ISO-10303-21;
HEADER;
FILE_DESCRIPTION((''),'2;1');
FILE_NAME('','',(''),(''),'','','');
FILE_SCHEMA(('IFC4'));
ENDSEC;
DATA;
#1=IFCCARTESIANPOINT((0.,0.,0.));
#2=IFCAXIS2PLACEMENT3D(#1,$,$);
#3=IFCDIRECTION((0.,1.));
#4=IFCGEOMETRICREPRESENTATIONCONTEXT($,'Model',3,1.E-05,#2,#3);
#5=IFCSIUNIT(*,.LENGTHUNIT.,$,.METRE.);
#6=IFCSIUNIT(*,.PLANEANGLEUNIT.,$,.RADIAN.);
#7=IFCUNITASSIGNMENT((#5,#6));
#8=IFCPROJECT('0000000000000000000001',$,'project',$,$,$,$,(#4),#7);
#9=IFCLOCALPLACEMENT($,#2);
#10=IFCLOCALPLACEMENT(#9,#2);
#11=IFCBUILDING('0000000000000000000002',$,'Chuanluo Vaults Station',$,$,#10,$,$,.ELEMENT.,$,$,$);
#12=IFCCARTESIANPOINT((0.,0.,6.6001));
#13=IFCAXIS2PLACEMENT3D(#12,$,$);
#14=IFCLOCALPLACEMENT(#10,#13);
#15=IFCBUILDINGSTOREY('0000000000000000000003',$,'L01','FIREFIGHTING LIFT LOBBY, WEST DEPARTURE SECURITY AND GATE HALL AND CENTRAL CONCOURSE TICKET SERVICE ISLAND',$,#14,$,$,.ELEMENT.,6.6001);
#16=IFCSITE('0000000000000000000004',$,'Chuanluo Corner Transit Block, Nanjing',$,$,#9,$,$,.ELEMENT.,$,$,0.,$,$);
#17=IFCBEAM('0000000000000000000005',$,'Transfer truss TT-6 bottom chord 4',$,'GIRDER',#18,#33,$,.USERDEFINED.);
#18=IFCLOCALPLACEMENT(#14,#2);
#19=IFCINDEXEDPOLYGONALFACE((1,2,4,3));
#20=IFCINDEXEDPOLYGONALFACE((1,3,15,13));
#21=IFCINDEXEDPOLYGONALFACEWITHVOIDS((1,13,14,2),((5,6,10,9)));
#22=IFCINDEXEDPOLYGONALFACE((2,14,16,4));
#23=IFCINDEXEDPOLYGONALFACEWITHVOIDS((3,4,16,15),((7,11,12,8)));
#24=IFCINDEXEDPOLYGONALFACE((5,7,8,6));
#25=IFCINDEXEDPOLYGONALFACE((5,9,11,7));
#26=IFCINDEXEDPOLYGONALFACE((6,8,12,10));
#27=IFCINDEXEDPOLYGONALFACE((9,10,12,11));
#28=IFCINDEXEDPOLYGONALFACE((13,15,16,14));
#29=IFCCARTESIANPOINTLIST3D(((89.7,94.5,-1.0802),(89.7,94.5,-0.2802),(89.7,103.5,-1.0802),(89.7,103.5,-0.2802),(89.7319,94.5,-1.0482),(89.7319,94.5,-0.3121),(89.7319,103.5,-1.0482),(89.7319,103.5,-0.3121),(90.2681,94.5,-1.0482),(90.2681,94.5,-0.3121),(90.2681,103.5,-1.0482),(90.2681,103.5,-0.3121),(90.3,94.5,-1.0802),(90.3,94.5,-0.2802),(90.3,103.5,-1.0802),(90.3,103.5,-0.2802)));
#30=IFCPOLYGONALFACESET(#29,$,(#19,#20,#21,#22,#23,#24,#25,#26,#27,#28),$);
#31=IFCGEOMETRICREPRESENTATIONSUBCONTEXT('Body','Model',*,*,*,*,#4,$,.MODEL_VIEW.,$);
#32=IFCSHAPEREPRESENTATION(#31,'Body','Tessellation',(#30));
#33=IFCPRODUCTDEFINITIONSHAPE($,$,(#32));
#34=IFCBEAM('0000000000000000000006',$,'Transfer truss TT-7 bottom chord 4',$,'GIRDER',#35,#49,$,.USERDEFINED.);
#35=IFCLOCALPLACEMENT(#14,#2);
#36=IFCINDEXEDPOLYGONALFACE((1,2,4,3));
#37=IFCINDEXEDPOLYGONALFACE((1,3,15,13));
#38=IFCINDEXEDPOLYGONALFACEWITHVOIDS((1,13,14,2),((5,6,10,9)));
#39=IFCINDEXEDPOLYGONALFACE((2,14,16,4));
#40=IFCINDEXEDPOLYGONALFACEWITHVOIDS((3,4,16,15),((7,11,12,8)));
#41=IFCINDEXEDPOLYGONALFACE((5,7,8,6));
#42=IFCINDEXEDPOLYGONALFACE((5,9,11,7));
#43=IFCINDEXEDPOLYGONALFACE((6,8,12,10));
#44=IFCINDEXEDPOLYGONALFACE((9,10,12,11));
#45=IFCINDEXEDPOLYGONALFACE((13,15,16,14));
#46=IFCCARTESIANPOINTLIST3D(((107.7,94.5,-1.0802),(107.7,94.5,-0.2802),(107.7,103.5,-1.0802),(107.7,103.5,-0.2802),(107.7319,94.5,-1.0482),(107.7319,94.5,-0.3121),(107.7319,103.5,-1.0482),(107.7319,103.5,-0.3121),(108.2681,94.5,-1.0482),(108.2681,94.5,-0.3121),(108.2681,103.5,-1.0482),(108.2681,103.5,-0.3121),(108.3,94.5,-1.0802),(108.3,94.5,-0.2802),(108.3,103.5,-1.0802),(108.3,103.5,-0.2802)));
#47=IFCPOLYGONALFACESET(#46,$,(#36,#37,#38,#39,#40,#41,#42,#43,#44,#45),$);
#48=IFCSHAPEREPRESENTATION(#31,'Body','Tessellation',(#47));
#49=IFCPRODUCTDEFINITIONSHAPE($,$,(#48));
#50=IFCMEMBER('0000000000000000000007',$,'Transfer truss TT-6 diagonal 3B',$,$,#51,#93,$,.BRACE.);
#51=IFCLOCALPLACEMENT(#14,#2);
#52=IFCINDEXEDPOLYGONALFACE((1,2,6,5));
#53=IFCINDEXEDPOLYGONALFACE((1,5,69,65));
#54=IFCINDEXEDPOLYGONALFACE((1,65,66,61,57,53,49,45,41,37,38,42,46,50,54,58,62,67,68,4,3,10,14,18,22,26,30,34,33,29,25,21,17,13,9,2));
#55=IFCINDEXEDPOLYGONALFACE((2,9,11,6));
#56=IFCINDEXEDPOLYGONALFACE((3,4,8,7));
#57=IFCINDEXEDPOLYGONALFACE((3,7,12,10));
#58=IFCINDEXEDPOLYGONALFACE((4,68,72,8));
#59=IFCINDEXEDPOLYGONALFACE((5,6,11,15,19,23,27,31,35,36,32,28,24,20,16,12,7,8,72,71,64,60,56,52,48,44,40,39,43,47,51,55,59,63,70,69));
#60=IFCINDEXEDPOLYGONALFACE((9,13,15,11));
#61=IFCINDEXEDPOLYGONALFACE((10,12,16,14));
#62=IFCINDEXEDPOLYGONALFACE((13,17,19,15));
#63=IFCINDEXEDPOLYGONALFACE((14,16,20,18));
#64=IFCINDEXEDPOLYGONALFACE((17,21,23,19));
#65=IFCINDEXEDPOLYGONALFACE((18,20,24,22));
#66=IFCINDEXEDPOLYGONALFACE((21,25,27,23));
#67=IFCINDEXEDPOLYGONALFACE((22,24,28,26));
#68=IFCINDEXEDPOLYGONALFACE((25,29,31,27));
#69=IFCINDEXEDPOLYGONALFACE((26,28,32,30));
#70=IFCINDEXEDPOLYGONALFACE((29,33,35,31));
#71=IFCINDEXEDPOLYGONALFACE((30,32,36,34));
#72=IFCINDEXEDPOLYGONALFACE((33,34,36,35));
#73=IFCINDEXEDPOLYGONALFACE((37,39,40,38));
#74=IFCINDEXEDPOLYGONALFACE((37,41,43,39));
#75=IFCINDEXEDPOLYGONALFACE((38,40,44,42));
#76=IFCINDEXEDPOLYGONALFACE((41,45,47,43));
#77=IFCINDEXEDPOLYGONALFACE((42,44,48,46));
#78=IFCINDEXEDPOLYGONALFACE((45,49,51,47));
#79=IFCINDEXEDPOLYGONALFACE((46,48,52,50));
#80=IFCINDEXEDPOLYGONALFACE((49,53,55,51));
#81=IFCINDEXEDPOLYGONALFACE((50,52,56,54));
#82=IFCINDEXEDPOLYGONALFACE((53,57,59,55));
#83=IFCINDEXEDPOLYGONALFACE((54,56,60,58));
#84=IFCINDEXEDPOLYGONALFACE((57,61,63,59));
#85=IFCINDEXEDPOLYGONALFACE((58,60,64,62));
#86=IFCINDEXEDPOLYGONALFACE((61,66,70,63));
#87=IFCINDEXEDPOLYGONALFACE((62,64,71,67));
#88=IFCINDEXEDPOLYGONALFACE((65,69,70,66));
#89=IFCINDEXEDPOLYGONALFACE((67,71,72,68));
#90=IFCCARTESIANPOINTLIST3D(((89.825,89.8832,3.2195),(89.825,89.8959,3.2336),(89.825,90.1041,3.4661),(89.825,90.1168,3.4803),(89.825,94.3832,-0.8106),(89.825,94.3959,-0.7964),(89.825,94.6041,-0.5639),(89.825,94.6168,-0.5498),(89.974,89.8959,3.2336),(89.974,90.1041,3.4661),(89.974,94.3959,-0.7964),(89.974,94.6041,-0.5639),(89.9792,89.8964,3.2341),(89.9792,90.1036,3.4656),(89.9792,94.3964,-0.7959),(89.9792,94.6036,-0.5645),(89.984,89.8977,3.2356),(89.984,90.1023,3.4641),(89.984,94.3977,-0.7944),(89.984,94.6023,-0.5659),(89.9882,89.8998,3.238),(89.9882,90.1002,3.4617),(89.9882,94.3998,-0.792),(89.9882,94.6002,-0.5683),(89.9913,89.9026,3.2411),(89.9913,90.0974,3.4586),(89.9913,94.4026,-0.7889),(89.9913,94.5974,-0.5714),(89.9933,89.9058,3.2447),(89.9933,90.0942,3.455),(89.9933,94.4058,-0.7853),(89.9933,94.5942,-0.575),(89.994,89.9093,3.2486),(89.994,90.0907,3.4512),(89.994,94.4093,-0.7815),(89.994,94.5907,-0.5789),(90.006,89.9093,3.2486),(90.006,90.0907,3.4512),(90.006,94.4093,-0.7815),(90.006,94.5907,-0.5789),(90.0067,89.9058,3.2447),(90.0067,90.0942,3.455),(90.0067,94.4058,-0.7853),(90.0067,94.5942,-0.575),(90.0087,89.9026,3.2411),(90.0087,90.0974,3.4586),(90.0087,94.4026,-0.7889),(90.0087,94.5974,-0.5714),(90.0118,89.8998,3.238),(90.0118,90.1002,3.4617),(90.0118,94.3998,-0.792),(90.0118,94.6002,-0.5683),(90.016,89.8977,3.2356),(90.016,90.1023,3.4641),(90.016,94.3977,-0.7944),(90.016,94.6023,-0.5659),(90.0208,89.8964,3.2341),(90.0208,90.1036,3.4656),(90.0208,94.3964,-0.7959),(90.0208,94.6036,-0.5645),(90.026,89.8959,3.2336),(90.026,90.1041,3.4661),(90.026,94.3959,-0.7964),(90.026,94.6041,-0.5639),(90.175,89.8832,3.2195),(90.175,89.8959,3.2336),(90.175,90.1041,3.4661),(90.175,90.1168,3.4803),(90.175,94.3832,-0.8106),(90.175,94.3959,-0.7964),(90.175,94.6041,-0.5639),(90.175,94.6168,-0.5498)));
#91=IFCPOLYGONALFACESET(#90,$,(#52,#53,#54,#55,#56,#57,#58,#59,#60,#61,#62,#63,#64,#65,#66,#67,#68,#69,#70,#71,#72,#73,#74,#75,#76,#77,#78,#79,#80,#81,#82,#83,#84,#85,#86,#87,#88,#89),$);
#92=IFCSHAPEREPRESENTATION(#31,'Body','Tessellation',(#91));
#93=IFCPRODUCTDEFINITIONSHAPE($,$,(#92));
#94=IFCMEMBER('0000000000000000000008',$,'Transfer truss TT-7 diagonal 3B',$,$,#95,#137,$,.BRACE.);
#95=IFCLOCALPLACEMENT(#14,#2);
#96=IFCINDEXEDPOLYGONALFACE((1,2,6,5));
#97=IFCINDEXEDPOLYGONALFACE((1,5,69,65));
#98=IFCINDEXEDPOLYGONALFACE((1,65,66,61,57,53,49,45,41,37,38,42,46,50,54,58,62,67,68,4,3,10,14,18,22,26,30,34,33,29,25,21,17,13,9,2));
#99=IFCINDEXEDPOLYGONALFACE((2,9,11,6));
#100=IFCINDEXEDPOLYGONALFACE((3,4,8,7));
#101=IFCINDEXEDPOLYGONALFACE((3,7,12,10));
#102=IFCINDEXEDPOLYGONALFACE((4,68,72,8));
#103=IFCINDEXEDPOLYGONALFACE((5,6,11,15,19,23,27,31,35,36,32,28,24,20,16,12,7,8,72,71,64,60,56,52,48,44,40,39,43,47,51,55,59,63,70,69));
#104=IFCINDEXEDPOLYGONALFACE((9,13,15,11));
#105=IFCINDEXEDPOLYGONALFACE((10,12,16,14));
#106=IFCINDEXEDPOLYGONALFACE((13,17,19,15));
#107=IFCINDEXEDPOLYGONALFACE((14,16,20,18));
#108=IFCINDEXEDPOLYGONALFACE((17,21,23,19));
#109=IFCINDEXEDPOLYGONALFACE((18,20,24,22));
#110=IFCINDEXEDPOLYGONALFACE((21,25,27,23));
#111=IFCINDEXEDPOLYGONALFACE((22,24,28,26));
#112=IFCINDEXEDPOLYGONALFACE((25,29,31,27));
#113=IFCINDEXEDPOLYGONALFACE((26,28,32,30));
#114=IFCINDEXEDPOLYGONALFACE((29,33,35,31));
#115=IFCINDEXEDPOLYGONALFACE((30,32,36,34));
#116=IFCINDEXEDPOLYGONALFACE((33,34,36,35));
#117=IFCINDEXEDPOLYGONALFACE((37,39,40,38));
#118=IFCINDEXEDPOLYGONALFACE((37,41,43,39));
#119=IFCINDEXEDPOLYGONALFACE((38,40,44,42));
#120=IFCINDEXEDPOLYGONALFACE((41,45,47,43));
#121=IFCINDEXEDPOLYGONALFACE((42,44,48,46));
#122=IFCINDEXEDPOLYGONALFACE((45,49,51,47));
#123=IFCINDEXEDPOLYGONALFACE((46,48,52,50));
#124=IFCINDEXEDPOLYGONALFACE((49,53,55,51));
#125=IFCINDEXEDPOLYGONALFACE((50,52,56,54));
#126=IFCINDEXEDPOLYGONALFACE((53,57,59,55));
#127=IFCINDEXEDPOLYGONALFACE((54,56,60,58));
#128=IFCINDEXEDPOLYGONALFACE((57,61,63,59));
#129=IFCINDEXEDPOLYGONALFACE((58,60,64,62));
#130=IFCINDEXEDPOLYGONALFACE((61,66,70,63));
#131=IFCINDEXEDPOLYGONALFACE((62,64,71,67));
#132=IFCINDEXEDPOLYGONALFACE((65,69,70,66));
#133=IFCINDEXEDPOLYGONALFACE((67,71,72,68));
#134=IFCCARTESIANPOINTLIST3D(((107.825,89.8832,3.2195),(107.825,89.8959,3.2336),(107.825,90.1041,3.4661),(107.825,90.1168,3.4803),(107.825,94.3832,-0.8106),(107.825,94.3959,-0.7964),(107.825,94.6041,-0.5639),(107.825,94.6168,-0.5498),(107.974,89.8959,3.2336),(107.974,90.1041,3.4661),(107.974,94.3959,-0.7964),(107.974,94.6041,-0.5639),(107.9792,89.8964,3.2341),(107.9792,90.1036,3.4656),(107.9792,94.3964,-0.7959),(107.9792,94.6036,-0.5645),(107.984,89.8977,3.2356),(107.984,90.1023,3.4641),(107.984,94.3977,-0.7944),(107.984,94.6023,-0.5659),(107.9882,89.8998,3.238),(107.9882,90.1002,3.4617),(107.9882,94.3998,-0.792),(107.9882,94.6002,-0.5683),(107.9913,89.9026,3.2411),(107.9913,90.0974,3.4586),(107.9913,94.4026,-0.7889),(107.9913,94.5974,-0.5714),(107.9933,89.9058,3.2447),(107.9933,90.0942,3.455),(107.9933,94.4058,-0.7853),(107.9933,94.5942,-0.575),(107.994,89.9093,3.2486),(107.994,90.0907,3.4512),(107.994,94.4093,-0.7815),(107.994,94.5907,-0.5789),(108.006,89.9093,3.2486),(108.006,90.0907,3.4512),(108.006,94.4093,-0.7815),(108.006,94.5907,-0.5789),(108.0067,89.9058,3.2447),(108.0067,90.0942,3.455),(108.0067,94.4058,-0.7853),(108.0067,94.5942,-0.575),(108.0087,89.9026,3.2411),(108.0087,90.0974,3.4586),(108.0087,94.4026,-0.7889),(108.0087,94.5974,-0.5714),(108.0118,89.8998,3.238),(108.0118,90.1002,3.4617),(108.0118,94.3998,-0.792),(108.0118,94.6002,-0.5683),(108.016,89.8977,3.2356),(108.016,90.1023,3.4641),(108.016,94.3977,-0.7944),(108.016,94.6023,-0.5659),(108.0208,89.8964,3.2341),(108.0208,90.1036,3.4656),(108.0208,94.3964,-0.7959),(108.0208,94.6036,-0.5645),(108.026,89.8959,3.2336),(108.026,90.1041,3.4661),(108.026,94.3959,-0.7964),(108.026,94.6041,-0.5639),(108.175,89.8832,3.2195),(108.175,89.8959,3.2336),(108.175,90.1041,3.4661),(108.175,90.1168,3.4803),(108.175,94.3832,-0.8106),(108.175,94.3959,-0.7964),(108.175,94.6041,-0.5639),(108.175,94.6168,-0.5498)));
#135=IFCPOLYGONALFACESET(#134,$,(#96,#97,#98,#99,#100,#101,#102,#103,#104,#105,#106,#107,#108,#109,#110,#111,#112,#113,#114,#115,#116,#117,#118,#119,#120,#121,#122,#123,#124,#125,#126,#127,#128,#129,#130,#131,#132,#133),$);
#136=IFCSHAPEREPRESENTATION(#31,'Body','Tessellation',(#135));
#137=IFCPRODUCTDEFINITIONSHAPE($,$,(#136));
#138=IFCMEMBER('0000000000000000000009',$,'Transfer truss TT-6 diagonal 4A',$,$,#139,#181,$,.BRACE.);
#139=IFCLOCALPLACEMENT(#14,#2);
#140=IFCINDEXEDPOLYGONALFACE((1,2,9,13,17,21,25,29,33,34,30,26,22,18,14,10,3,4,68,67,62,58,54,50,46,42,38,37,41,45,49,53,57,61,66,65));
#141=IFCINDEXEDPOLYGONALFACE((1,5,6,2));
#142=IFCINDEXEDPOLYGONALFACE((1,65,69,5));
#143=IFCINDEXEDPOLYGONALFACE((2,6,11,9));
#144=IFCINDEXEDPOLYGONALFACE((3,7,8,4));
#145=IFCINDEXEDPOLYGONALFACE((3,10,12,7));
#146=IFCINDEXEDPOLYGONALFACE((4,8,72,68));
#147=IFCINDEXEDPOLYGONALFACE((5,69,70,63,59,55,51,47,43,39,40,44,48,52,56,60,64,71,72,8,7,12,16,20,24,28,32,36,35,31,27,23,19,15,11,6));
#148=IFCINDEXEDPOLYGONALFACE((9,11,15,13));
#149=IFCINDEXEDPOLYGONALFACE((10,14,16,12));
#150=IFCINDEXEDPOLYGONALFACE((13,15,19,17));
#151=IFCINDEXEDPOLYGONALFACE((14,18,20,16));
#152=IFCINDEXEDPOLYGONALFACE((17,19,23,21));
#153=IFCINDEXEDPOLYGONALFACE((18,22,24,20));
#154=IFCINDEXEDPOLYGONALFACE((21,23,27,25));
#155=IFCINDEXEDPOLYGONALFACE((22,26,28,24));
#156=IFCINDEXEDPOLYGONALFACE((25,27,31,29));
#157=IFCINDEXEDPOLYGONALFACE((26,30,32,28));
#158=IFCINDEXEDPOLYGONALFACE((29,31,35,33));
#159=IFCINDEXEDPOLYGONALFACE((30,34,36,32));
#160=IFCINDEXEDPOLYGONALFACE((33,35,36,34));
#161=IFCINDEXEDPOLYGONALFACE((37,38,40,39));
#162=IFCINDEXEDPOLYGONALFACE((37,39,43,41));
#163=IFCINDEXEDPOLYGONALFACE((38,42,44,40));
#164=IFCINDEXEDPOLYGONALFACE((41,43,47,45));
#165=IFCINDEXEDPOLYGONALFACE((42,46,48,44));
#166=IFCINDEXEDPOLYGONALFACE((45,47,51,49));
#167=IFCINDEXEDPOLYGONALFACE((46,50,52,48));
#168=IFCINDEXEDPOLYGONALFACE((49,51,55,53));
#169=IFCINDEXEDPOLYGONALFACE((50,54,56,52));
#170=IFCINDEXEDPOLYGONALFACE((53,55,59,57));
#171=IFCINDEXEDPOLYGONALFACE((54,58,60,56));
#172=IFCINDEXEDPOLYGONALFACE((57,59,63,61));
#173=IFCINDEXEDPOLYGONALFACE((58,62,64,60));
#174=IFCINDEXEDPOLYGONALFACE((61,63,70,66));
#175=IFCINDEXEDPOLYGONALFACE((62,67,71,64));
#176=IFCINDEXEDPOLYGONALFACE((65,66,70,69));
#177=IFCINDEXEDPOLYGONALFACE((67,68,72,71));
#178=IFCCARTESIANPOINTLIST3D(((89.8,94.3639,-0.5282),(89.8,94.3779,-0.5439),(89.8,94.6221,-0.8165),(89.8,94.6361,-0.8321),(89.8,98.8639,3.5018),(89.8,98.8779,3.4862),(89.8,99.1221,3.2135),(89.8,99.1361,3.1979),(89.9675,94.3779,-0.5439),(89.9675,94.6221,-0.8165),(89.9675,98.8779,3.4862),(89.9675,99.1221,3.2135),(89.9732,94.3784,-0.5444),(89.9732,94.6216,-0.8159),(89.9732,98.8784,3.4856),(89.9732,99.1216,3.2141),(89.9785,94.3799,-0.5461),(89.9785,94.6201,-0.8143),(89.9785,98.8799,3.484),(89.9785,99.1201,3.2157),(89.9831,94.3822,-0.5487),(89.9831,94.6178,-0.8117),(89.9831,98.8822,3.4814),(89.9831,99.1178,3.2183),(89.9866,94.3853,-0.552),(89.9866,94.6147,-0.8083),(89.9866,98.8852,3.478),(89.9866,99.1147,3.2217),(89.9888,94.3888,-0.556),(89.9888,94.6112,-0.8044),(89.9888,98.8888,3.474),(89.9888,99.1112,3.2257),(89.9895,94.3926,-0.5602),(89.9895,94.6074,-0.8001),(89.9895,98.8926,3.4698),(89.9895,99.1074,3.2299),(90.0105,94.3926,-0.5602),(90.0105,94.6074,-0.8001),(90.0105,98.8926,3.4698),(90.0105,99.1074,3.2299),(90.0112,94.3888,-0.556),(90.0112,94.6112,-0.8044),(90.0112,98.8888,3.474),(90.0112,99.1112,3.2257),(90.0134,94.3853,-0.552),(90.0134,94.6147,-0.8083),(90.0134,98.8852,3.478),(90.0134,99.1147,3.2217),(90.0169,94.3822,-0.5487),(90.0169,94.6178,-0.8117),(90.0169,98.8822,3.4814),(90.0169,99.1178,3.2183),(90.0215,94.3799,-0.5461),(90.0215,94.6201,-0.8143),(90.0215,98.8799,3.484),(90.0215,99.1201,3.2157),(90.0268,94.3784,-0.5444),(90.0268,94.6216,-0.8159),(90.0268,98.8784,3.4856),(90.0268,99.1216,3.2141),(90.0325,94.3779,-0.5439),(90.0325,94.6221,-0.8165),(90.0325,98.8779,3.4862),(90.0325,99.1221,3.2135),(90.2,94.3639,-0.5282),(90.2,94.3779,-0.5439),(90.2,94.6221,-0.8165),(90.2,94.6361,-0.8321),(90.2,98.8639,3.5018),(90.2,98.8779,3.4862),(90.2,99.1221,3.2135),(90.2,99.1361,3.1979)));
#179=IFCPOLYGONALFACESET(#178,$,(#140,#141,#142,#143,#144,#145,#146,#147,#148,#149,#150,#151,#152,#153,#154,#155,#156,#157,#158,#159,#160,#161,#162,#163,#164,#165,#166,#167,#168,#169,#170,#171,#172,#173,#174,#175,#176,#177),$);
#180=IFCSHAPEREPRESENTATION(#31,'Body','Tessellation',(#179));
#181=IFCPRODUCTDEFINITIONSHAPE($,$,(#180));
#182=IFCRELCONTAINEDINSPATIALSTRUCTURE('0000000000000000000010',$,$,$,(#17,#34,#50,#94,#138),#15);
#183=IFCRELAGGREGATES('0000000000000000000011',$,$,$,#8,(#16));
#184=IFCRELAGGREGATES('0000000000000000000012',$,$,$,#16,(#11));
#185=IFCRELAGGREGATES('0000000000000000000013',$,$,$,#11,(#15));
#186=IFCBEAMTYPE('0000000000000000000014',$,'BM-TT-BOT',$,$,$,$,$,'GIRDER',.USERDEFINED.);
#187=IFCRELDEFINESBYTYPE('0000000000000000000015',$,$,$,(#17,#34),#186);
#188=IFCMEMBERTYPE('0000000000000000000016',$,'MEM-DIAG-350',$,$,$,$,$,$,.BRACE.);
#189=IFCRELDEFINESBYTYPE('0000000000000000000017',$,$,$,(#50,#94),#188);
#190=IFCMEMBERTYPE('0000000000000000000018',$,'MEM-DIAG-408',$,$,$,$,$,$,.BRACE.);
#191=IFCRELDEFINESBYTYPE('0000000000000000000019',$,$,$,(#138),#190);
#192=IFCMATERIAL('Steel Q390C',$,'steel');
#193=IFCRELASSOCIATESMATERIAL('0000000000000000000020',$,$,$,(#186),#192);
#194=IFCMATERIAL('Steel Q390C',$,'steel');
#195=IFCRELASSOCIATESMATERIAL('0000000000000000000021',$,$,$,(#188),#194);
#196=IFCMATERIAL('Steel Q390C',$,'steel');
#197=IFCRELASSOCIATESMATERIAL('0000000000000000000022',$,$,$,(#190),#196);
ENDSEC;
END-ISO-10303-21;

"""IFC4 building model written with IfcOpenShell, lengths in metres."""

from ifc_helpers import new_model, si_unit, direction, frame, origin, origin_2d, place, context, subcontext, project, spatial, hollow_rectangle, i_section, extrude, material, material_profile, profile_set, type_object, element, save


model = new_model("IFC4")

# Units and contexts
model_context = context("Model", 3, precision=1e-05, world=origin(), true_north=direction((0.0, 1.0)))
body_context = subcontext(model_context, "Body", "Model", "MODEL_VIEW")
ifc_project = project(units=[si_unit("LENGTHUNIT", "METRE"), si_unit("PLANEANGLEUNIT", "RADIAN")], contexts=[model_context])

# Site, building, storey
site_placement = place(None, origin())
site = spatial("IfcSite", under=ifc_project, at=site_placement, Name="Chuanluo Corner Transit Block, Nanjing", CompositionType="ELEMENT", RefElevation=0.0)
building_placement = place(site_placement, origin())
building = spatial("IfcBuilding", under=site, at=building_placement, Name="Chuanluo Vaults Station", CompositionType="ELEMENT")
storey_placement = place(building_placement, frame((0.0, 0.0, 6.6001)))
storey = spatial("IfcBuildingStorey", under=building, at=storey_placement, Name="L01", Description="FIREFIGHTING LIFT LOBBY, WEST DEPARTURE SECURITY AND GATE HALL AND CENTRAL CONCOURSE TICKET SERVICE ISLAND", CompositionType="ELEMENT", Elevation=6.6001)

# Beams
ifc_material_1 = material(Name="Steel Q390C", Category="steel")
ifc_material_profile_1 = material_profile(ifc_material_1, hollow_rectangle(XDim=0.6001, YDim=0.8, WallThickness=0.032, at=origin_2d()))
ifc_profile_set_1 = profile_set([ifc_material_profile_1], Name="Steel Q390C")
beam_type_1 = type_object("IfcBeamType", Name="BM-TT-BOT", ElementType="GIRDER", PredefinedType="USERDEFINED", material=ifc_profile_set_1)
for number, where, z_axis, x_axis, name in (
    (1, (90.0, 94.5, -0.6802), (0.0, 1.0, 0.0), (-1.0, 0.0, 0.0), "Transfer truss TT-6 bottom chord 4"),
    (2, (108.0, 94.5, -0.6802), (0.0, 1.0, 0.0), (-1.0, 0.0, 0.0), "Transfer truss TT-7 bottom chord 4"),
):
    element("IfcBeam", number, at=place(storey_placement, frame(where, z_axis=z_axis, x_axis=x_axis)), inside=storey, type_object=beam_type_1, Name=name, ObjectType="GIRDER", PredefinedType="USERDEFINED", context=body_context, shape_type="SweptSolid", body=[
        extrude(hollow_rectangle(XDim=0.6001, YDim=0.8, WallThickness=0.032, at=origin_2d()), origin(), (0.0, 0.0, 1.0), 9.0),
    ])

# Members
ifc_material_2 = material(Name="Steel Q390C", Category="steel")
ifc_material_profile_2 = material_profile(ifc_material_2, i_section(OverallWidth=0.3501, OverallDepth=0.3501, WebThickness=0.012, FlangeThickness=0.019, FilletRadius=0.02, at=origin_2d()))
ifc_profile_set_2 = profile_set([ifc_material_profile_2], Name="Steel Q390C")
member_type_1 = type_object("IfcMemberType", Name="MEM-DIAG-350", PredefinedType="BRACE", material=ifc_profile_set_2)
for number, where, z_axis, x_axis, name in (
    (3, (90.0, 90.0, 3.3499), (0.0, 0.744936, -0.667136), (-1.0, 0.0, 0.0), "Transfer truss TT-6 diagonal 3B"),
    (4, (108.0, 90.0, 3.3499), (0.0, 0.744936, -0.667136), (-1.0, 0.0, 0.0), "Transfer truss TT-7 diagonal 3B"),
):
    element("IfcMember", number, at=place(storey_placement, frame(where, z_axis=z_axis, x_axis=x_axis)), inside=storey, type_object=member_type_1, Name=name, PredefinedType="BRACE", context=body_context, shape_type="SweptSolid", body=[
        extrude(i_section(OverallWidth=0.3501, OverallDepth=0.3501, WebThickness=0.012, FlangeThickness=0.019, FilletRadius=0.02, at=origin_2d()), origin(), (0.0, 0.0, 1.0), 6.0408),
    ])
ifc_material_3 = material(Name="Steel Q390C", Category="steel")
ifc_material_profile_3 = material_profile(ifc_material_3, i_section(OverallWidth=0.3999, OverallDepth=0.408, WebThickness=0.021, FlangeThickness=0.021, FilletRadius=0.022, at=origin_2d()))
ifc_profile_set_3 = profile_set([ifc_material_profile_3], Name="Steel Q390C")
member_type_2 = type_object("IfcMemberType", Name="MEM-DIAG-408", PredefinedType="BRACE", material=ifc_profile_set_3)
for number, where, z_axis, x_axis, name in (
    (5, (90.0, 94.5, -0.6802), (0.0, 0.744936, 0.667136), (-1.0, 0.0, 0.0), "Transfer truss TT-6 diagonal 4A"),
):
    element("IfcMember", number, at=place(storey_placement, frame(where, z_axis=z_axis, x_axis=x_axis)), inside=storey, type_object=member_type_2, Name=name, PredefinedType="BRACE", context=body_context, shape_type="SweptSolid", body=[
        extrude(i_section(OverallWidth=0.3999, OverallDepth=0.408, WebThickness=0.021, FlangeThickness=0.021, FilletRadius=0.022, at=origin_2d()), origin(), (0.0, 0.0, 1.0), 6.0408),
    ])

save(model, "model.ifc")
